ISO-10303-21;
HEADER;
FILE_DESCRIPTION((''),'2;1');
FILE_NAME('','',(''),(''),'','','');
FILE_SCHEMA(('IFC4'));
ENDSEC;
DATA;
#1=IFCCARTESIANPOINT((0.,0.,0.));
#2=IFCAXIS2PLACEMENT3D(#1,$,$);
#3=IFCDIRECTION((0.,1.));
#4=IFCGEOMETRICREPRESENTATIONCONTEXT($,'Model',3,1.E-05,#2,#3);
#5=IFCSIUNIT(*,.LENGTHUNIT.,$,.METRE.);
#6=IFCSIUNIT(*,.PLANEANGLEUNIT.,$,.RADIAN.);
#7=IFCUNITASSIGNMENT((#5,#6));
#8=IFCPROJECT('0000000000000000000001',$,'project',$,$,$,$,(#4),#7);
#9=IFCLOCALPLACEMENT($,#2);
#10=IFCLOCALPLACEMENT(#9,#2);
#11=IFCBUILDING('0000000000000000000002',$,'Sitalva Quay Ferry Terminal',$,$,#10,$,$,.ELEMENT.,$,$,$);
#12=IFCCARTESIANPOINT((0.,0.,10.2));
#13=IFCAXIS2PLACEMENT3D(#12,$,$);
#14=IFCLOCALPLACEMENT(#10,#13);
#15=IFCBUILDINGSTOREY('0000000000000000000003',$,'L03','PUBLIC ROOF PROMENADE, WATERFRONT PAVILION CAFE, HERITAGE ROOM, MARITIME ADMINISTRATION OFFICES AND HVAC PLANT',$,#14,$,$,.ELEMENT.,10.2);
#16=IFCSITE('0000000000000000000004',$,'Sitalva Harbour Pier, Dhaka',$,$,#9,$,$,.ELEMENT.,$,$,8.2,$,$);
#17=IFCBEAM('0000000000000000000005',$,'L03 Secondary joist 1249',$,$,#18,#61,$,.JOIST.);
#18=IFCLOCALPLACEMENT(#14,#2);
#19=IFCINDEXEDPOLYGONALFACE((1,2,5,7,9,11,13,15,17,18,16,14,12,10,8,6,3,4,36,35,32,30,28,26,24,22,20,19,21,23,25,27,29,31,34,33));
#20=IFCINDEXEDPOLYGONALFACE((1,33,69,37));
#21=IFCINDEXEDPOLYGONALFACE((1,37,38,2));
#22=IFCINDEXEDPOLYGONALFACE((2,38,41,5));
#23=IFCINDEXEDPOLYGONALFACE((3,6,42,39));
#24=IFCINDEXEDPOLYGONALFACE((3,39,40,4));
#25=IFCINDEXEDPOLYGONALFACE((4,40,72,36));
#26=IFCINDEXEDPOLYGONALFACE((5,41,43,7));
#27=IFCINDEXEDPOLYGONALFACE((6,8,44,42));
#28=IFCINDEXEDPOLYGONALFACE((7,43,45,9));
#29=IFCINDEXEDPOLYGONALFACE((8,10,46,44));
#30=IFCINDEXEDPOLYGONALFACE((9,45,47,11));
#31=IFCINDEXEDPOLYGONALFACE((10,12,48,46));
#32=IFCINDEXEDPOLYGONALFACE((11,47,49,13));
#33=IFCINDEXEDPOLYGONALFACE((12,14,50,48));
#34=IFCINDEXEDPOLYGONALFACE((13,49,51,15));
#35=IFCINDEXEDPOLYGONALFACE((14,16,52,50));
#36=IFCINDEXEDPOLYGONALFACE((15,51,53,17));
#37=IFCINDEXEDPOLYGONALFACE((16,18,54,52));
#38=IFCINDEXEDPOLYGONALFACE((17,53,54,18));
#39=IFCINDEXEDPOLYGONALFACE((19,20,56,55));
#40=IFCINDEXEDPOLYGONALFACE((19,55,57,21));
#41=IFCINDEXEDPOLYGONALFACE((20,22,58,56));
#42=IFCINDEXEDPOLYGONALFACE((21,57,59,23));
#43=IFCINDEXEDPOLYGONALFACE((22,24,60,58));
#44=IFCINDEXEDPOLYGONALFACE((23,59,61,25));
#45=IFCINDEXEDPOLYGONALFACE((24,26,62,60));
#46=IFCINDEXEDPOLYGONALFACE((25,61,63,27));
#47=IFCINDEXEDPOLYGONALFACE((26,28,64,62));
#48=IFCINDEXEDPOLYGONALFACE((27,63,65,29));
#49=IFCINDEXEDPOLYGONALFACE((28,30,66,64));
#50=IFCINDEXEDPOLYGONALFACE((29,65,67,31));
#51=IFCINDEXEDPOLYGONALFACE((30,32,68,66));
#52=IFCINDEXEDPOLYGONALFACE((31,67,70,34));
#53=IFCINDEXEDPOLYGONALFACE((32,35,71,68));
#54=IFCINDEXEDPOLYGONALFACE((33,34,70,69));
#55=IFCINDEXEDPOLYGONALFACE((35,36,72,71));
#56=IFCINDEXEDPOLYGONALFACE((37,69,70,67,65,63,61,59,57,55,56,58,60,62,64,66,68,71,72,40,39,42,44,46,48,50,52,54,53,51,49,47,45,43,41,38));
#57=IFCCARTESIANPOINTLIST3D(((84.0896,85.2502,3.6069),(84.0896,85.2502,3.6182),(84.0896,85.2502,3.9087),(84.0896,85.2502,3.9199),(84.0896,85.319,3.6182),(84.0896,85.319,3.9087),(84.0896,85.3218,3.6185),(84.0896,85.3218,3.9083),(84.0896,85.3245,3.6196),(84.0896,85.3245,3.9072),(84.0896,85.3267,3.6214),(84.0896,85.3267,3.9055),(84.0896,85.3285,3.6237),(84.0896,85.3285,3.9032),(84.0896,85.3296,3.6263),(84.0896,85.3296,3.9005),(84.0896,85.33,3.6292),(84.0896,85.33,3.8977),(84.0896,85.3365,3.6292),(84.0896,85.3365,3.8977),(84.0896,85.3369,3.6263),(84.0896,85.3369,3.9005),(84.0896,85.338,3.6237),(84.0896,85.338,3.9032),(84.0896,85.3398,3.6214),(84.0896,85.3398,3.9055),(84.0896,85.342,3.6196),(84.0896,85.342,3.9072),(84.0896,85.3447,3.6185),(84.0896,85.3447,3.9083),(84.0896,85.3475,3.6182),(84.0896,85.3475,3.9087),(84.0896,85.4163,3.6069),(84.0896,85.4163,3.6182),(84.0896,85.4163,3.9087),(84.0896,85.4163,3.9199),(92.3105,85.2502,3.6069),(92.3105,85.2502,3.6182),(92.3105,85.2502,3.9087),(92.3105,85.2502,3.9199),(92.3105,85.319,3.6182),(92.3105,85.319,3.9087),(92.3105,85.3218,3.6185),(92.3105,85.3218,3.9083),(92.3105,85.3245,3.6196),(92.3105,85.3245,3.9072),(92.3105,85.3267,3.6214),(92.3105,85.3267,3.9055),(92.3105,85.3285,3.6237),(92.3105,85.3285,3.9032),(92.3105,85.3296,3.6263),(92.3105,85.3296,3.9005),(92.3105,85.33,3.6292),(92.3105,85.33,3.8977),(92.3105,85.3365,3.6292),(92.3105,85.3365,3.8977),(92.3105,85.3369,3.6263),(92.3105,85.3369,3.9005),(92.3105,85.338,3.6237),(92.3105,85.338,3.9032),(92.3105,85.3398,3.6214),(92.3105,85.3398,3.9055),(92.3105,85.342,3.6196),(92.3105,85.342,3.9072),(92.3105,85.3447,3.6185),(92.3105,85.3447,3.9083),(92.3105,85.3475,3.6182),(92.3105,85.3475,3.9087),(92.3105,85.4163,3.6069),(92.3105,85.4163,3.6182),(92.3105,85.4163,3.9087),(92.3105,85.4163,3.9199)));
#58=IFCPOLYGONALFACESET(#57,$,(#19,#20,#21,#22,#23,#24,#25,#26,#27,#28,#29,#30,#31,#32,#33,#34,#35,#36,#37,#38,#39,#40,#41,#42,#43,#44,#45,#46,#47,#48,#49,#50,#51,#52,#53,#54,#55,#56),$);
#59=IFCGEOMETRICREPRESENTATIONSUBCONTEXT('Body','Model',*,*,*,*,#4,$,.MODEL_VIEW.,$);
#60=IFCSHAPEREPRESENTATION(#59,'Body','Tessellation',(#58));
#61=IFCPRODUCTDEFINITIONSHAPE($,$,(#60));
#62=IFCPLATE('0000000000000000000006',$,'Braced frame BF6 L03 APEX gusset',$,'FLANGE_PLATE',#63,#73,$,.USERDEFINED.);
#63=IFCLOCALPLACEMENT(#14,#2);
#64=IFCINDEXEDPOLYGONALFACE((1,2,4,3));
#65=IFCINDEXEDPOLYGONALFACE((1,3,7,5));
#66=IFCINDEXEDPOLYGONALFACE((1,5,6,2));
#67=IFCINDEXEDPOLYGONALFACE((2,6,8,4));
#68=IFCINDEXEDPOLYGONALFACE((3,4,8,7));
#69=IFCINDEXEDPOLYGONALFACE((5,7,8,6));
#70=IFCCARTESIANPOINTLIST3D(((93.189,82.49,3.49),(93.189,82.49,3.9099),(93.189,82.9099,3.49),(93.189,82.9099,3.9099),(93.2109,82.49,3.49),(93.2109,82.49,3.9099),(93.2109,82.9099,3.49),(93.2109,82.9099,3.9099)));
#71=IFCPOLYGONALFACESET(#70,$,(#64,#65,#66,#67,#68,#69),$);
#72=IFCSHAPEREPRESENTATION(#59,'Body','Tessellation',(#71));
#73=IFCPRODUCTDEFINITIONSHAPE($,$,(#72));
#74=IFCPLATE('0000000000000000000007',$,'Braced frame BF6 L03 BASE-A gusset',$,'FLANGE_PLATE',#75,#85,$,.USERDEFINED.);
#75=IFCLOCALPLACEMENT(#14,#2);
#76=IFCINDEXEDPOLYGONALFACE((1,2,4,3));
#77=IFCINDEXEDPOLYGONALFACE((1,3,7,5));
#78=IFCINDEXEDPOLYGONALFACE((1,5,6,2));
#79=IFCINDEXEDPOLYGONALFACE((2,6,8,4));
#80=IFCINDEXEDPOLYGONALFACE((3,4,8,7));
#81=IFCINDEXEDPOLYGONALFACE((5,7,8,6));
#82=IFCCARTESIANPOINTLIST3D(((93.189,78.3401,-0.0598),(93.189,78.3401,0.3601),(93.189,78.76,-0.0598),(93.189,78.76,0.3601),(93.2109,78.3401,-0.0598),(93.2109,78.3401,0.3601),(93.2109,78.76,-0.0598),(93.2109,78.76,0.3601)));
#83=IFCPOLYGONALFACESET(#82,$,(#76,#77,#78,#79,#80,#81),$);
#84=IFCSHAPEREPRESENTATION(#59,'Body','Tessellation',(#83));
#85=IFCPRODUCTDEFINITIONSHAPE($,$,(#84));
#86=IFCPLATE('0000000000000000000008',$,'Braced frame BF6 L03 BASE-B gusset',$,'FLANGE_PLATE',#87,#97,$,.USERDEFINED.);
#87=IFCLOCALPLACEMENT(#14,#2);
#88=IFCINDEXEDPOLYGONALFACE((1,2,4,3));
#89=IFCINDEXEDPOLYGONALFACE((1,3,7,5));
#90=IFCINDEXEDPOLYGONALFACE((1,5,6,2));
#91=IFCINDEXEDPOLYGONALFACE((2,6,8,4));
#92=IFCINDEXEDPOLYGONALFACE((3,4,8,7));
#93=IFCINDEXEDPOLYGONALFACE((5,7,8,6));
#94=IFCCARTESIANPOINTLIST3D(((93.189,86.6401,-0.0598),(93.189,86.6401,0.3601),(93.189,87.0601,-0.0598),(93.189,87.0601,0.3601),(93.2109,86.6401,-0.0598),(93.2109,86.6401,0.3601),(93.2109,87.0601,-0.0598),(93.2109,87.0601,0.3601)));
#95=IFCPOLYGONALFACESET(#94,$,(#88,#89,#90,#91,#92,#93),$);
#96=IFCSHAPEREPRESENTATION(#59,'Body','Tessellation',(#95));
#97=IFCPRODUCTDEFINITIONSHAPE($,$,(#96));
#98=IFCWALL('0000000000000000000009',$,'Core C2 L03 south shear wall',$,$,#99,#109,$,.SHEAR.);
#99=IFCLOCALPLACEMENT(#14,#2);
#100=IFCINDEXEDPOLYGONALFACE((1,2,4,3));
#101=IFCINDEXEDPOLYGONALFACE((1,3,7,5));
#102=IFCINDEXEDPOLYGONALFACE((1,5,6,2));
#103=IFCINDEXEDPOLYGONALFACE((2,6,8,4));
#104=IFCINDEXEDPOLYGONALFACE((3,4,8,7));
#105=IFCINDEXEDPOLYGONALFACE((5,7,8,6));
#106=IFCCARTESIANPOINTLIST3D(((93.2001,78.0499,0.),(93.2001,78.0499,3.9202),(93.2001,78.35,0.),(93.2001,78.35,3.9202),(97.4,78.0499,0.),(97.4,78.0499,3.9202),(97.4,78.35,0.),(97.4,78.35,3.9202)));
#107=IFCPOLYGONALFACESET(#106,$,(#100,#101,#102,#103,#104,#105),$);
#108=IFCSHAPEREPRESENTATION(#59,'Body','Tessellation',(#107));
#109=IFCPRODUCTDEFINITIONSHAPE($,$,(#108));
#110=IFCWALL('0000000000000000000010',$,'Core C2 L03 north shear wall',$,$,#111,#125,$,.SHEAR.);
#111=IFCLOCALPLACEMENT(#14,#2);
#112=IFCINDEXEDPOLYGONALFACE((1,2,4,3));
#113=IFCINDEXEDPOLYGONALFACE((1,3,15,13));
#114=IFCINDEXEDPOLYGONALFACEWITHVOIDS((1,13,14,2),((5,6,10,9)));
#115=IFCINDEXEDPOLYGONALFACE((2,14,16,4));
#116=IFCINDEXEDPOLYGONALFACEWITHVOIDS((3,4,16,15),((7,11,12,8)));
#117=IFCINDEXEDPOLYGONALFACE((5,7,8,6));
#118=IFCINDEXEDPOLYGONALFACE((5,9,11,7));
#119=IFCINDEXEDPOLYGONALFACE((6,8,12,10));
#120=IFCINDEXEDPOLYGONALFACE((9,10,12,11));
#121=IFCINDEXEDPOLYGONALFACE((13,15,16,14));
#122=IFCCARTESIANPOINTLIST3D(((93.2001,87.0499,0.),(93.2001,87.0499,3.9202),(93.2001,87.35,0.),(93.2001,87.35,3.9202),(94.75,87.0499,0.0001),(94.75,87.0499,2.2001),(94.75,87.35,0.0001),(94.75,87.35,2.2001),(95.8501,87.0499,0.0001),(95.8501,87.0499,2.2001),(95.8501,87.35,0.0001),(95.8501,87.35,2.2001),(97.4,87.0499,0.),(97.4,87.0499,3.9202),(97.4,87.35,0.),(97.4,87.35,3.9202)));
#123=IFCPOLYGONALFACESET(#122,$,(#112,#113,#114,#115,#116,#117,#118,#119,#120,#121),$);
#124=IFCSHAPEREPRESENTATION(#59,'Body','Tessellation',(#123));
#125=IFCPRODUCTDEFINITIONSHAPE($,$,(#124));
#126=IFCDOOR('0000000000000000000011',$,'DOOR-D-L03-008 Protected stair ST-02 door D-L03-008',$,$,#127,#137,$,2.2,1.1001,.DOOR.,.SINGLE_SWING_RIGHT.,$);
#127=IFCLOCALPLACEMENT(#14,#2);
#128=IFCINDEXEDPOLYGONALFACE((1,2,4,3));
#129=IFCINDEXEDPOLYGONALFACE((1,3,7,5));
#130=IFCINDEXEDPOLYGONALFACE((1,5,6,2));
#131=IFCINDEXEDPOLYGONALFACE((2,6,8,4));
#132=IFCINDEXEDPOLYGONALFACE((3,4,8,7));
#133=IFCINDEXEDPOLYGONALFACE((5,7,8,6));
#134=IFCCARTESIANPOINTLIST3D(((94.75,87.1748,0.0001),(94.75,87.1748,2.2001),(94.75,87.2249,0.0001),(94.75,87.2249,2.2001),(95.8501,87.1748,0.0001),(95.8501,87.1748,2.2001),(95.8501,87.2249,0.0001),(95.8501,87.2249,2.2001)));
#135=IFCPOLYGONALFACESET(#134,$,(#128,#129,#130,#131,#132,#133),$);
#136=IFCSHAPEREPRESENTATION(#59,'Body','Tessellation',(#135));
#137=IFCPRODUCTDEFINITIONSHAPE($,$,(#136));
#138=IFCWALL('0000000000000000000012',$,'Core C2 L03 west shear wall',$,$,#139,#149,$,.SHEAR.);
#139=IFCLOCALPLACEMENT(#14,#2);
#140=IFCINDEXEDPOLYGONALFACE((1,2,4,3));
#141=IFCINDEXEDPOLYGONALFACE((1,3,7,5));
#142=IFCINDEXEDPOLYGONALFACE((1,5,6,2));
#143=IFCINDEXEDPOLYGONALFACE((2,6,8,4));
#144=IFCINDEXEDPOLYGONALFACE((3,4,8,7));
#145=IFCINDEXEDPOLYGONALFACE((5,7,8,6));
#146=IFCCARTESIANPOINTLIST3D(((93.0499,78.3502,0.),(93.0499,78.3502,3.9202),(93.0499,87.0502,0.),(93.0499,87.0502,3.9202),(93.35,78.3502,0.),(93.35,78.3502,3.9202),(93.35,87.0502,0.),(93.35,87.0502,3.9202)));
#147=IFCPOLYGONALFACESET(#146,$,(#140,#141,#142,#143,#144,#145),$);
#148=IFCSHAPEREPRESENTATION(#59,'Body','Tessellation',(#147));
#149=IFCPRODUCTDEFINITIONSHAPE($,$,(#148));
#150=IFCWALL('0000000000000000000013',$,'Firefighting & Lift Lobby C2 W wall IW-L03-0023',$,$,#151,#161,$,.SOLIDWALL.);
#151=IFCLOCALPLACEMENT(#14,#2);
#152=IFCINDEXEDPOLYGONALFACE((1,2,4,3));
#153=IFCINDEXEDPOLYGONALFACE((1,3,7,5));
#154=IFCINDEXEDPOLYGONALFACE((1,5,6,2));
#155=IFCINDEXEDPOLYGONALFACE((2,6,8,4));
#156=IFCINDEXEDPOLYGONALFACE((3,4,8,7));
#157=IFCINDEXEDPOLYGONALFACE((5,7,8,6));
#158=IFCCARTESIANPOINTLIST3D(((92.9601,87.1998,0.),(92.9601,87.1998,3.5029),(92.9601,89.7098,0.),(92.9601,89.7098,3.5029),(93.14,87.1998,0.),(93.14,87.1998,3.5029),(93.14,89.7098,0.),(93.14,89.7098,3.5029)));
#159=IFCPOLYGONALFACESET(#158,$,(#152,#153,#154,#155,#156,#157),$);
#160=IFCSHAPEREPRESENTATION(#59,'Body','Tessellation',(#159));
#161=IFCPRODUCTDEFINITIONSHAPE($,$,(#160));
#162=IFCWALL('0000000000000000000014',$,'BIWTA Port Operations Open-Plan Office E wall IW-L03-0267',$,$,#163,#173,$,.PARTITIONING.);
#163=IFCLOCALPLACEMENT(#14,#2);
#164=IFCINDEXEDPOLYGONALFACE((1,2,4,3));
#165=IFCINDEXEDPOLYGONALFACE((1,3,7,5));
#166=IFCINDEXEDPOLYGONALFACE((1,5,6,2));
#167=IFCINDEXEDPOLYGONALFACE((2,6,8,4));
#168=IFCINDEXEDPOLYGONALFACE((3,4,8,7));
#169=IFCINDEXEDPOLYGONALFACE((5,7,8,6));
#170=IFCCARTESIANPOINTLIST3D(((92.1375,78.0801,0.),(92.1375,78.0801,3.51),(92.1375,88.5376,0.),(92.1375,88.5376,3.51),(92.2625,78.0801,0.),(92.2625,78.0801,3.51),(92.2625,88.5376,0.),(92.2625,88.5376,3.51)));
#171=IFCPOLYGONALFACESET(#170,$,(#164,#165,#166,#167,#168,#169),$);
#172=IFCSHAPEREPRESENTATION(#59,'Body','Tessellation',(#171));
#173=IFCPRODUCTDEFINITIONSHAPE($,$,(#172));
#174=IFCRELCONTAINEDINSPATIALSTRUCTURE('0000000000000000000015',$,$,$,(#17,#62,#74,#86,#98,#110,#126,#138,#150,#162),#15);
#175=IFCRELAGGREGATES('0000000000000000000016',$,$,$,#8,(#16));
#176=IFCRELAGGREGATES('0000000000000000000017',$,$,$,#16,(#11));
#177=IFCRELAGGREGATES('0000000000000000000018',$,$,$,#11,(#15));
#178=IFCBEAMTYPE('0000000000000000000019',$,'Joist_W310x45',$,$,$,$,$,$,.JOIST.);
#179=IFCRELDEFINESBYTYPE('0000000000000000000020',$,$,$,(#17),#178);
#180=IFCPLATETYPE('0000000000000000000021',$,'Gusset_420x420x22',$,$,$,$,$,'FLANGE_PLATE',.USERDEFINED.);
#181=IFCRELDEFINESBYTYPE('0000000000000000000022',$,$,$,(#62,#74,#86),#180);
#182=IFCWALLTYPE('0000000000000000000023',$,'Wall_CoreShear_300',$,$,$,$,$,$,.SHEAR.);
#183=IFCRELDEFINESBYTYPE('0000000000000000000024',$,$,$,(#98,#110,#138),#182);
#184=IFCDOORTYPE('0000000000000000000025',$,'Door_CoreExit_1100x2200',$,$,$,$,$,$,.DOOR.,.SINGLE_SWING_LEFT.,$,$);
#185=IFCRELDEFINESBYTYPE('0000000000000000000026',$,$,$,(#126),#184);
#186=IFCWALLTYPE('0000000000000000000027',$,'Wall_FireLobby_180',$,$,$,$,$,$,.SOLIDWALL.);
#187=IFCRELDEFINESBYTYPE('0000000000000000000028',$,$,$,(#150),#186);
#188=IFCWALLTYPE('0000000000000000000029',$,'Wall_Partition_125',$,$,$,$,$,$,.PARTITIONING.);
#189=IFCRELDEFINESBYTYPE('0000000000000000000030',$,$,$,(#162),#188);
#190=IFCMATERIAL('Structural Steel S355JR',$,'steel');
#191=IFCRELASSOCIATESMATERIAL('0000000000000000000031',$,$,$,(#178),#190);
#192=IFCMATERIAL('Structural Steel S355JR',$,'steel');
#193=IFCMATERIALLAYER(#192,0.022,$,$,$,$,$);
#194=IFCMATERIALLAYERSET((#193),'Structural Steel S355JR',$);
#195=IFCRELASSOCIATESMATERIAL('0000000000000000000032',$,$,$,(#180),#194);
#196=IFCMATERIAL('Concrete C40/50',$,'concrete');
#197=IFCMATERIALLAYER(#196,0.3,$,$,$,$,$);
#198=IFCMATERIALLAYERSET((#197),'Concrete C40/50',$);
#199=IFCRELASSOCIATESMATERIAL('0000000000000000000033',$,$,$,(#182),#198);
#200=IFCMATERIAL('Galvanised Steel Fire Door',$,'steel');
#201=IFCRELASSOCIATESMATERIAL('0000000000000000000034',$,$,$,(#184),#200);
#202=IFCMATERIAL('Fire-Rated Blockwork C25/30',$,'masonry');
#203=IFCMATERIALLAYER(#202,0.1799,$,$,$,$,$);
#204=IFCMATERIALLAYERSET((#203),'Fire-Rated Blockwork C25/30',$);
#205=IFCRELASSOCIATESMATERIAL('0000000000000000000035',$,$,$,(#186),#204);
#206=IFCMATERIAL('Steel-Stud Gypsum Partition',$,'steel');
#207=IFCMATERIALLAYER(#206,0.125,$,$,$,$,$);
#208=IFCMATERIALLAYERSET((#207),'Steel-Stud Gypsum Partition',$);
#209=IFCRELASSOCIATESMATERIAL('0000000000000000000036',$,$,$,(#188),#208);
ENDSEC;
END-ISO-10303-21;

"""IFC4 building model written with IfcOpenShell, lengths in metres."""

from ifc_helpers import new_model, si_unit, direction, frame, frame_2d, origin, origin_2d, place, context, subcontext, project, spatial, rectangle, i_section, extrude, material, layer, layer_set, material_profile, profile_set, type_object, element, fill, save


model = new_model("IFC4")

# Units and contexts
model_context = context("Model", 3, precision=1e-05, world=origin(), true_north=direction((0.0, 1.0)))
body_context = subcontext(model_context, "Body", "Model", "MODEL_VIEW")
ifc_project = project(units=[si_unit("LENGTHUNIT", "METRE"), si_unit("PLANEANGLEUNIT", "RADIAN")], contexts=[model_context])

# Site, building, storey
site_placement = place(None, origin())
site = spatial("IfcSite", under=ifc_project, at=site_placement, Name="Sitalva Harbour Pier, Dhaka", CompositionType="ELEMENT", RefElevation=8.2)
building_placement = place(site_placement, origin())
building = spatial("IfcBuilding", under=site, at=building_placement, Name="Sitalva Quay Ferry Terminal", CompositionType="ELEMENT")
storey_placement = place(building_placement, frame((0.0, 0.0, 10.2)))
storey = spatial("IfcBuildingStorey", under=building, at=storey_placement, Name="L03", Description="PUBLIC ROOF PROMENADE, WATERFRONT PAVILION CAFE, HERITAGE ROOM, MARITIME ADMINISTRATION OFFICES AND HVAC PLANT", CompositionType="ELEMENT", Elevation=10.2)

# Beam
ifc_material_1 = material(Name="Structural Steel S355JR", Category="steel")
ifc_material_profile_1 = material_profile(ifc_material_1, i_section(OverallWidth=0.166, OverallDepth=0.313, WebThickness=0.0066, FlangeThickness=0.0112, FilletRadius=0.011, at=origin_2d()), Name="W310x45")
ifc_profile_set_1 = profile_set([ifc_material_profile_1], Name="Structural Steel S355JR")
beam_type_1 = type_object("IfcBeamType", Name="Joist_W310x45", PredefinedType="JOIST", material=ifc_profile_set_1)
for number, where, z_axis, x_axis, name in (
    (1, (84.0896, 85.3333, 3.7634), (1.0, 0.0, 0.0), (0.0, 1.0, 0.0), "L03 Secondary joist 1249"),
):
    element("IfcBeam", number, at=place(storey_placement, frame(where, z_axis=z_axis, x_axis=x_axis)), inside=storey, type_object=beam_type_1, Name=name, PredefinedType="JOIST", context=body_context, shape_type="SweptSolid", body=[
        extrude(i_section(OverallWidth=0.166, OverallDepth=0.313, WebThickness=0.0066, FlangeThickness=0.0112, FilletRadius=0.011, at=origin_2d()), origin(), (0.0, 0.0, 1.0), 8.2209),
    ])

# Plates
ifc_material_2 = material(Name="Structural Steel S355JR", Category="steel")
ifc_layer_1 = layer(ifc_material_2, 0.022)
ifc_layer_set_1 = layer_set([ifc_layer_1], Name="Structural Steel S355JR")
plate_type = type_object("IfcPlateType", Name="Gusset_420x420x22", ElementType="FLANGE_PLATE", PredefinedType="USERDEFINED", material=ifc_layer_set_1)
for number, where, z_axis, x_axis, name in (
    (2, (93.2, 82.7, 3.49), (0.0, 0.0, 1.0), (1.0, 0.0, 0.0), "Braced frame BF6 L03 APEX gusset"),
    (3, (93.2, 78.55, -0.0598), (0.0, 0.0, 1.0), (1.0, 0.0, 0.0), "Braced frame BF6 L03 BASE-A gusset"),
    (4, (93.2, 86.8501, -0.0598), (0.0, 0.0, 1.0), (1.0, 0.0, 0.0), "Braced frame BF6 L03 BASE-B gusset"),
):
    element("IfcPlate", number, at=place(storey_placement, frame(where, z_axis=z_axis, x_axis=x_axis)), inside=storey, type_object=plate_type, Name=name, ObjectType="FLANGE_PLATE", PredefinedType="USERDEFINED", context=body_context, shape_type="SweptSolid", body=[
        extrude(rectangle(XDim=0.022, YDim=0.4199, at=origin_2d()), origin(), (0.0, 0.0, 1.0), 0.4199),
    ])

# Wall
ifc_material_3 = material(Name="Concrete C40/50", Category="concrete")
ifc_layer_2 = layer(ifc_material_3, 0.3)
ifc_layer_set_2 = layer_set([ifc_layer_2], Name="Concrete C40/50")
wall_type_1 = type_object("IfcWallType", Name="Wall_CoreShear_300", PredefinedType="SHEAR", material=ifc_layer_set_2)
wall_1_placement = place(storey_placement, frame((93.2, 78.2, 0.0), z_axis=(0.0, 0.0, 1.0), x_axis=(1.0, 0.0, 0.0)))
element("IfcWall", 5, at=wall_1_placement, inside=storey, type_object=wall_type_1, Name="Core C2 L03 south shear wall", PredefinedType="SHEAR", context=body_context, shape_type="SweptSolid", body=[
    extrude(rectangle(XDim=4.2, YDim=0.3, at=frame_2d((2.1001, 0.0))), origin(), (0.0, 0.0, 1.0), 3.9202),
])

# Wall, opening, door
wall_2_placement = place(storey_placement, frame((93.2, 87.2, 0.0), z_axis=(0.0, 0.0, 1.0), x_axis=(1.0, 0.0, 0.0)))
wall_2 = element("IfcWall", 6, at=wall_2_placement, inside=storey, type_object=wall_type_1, Name="Core C2 L03 north shear wall", PredefinedType="SHEAR", context=body_context, shape_type="SweptSolid", body=[
    extrude(rectangle(XDim=4.2, YDim=0.3, at=frame_2d((2.1001, 0.0))), origin(), (0.0, 0.0, 1.0), 3.9202),
])
opening_placement = place(wall_2_placement, frame((1.55, 0.0, 0.0)))
opening = element("IfcOpeningElement", 7, at=opening_placement, cuts=wall_2, PredefinedType="OPENING", context=body_context, shape_type="SweptSolid", body=[
    extrude(rectangle(XDim=1.1001, YDim=2.2, at=frame_2d((0.55, 1.1001))), frame((0.0, 0.1599, 0.0), z_axis=(0.0, -1.0, 0.0), x_axis=(1.0, 0.0, 0.0)), (0.0, 0.0, 1.0), 0.3201),
])
ifc_material_4 = material(Name="Galvanised Steel Fire Door", Category="steel")
door_type = type_object("IfcDoorType", Name="Door_CoreExit_1100x2200", OperationType="SINGLE_SWING_LEFT", PredefinedType="DOOR", material=ifc_material_4)
door_placement = place(opening_placement, origin())
door = element("IfcDoor", 8, at=door_placement, inside=storey, type_object=door_type, Name="DOOR-D-L03-008 Protected stair ST-02 door D-L03-008", OperationType="SINGLE_SWING_RIGHT", OverallHeight=2.2, OverallWidth=1.1001, PredefinedType="DOOR", context=body_context, shape_type="SweptSolid", body=[
    extrude(rectangle(XDim=1.1001, YDim=2.2, at=frame_2d((0.55, 1.1001))), frame((0.0, 0.0249, 0.0), z_axis=(0.0, -1.0, 0.0), x_axis=(1.0, 0.0, 0.0)), (0.0, 0.0, 1.0), 0.05),
])
fill(opening, door)

# Walls
wall_3_placement = place(storey_placement, frame((93.2, 78.3501, 0.0), z_axis=(0.0, 0.0, 1.0), x_axis=(0.0, 1.0, 0.0)))
element("IfcWall", 9, at=wall_3_placement, inside=storey, type_object=wall_type_1, Name="Core C2 L03 west shear wall", PredefinedType="SHEAR", context=body_context, shape_type="SweptSolid", body=[
    extrude(rectangle(XDim=8.7, YDim=0.3, at=frame_2d((4.3501, 0.0))), origin(), (0.0, 0.0, 1.0), 3.9202),
])
ifc_material_5 = material(Name="Fire-Rated Blockwork C25/30", Category="masonry")
ifc_layer_3 = layer(ifc_material_5, 0.1799)
ifc_layer_set_3 = layer_set([ifc_layer_3], Name="Fire-Rated Blockwork C25/30")
wall_type_2 = type_object("IfcWallType", Name="Wall_FireLobby_180", PredefinedType="SOLIDWALL", material=ifc_layer_set_3)
wall_4_placement = place(storey_placement, frame((93.05, 87.2, 0.0), z_axis=(0.0, 0.0, 1.0), x_axis=(0.0, 1.0, 0.0)))
element("IfcWall", 10, at=wall_4_placement, inside=storey, type_object=wall_type_2, Name="Firefighting & Lift Lobby C2 W wall IW-L03-0023", PredefinedType="SOLIDWALL", context=body_context, shape_type="SweptSolid", body=[
    extrude(rectangle(XDim=2.51, YDim=0.1799, at=frame_2d((1.2549, 0.0))), origin(), (0.0, 0.0, 1.0), 3.5029),
])
ifc_material_6 = material(Name="Steel-Stud Gypsum Partition", Category="steel")
ifc_layer_4 = layer(ifc_material_6, 0.125)
ifc_layer_set_4 = layer_set([ifc_layer_4], Name="Steel-Stud Gypsum Partition")
wall_type_3 = type_object("IfcWallType", Name="Wall_Partition_125", PredefinedType="PARTITIONING", material=ifc_layer_set_4)
wall_5_placement = place(storey_placement, frame((92.2, 78.0801, 0.0), z_axis=(0.0, 0.0, 1.0), x_axis=(0.0, 1.0, 0.0)))
element("IfcWall", 11, at=wall_5_placement, inside=storey, type_object=wall_type_3, Name="BIWTA Port Operations Open-Plan Office E wall IW-L03-0267", PredefinedType="PARTITIONING", context=body_context, shape_type="SweptSolid", body=[
    extrude(rectangle(XDim=10.4575, YDim=0.125, at=frame_2d((5.2288, 0.0))), origin(), (0.0, 0.0, 1.0), 3.51),
])

save(model, "model.ifc")
